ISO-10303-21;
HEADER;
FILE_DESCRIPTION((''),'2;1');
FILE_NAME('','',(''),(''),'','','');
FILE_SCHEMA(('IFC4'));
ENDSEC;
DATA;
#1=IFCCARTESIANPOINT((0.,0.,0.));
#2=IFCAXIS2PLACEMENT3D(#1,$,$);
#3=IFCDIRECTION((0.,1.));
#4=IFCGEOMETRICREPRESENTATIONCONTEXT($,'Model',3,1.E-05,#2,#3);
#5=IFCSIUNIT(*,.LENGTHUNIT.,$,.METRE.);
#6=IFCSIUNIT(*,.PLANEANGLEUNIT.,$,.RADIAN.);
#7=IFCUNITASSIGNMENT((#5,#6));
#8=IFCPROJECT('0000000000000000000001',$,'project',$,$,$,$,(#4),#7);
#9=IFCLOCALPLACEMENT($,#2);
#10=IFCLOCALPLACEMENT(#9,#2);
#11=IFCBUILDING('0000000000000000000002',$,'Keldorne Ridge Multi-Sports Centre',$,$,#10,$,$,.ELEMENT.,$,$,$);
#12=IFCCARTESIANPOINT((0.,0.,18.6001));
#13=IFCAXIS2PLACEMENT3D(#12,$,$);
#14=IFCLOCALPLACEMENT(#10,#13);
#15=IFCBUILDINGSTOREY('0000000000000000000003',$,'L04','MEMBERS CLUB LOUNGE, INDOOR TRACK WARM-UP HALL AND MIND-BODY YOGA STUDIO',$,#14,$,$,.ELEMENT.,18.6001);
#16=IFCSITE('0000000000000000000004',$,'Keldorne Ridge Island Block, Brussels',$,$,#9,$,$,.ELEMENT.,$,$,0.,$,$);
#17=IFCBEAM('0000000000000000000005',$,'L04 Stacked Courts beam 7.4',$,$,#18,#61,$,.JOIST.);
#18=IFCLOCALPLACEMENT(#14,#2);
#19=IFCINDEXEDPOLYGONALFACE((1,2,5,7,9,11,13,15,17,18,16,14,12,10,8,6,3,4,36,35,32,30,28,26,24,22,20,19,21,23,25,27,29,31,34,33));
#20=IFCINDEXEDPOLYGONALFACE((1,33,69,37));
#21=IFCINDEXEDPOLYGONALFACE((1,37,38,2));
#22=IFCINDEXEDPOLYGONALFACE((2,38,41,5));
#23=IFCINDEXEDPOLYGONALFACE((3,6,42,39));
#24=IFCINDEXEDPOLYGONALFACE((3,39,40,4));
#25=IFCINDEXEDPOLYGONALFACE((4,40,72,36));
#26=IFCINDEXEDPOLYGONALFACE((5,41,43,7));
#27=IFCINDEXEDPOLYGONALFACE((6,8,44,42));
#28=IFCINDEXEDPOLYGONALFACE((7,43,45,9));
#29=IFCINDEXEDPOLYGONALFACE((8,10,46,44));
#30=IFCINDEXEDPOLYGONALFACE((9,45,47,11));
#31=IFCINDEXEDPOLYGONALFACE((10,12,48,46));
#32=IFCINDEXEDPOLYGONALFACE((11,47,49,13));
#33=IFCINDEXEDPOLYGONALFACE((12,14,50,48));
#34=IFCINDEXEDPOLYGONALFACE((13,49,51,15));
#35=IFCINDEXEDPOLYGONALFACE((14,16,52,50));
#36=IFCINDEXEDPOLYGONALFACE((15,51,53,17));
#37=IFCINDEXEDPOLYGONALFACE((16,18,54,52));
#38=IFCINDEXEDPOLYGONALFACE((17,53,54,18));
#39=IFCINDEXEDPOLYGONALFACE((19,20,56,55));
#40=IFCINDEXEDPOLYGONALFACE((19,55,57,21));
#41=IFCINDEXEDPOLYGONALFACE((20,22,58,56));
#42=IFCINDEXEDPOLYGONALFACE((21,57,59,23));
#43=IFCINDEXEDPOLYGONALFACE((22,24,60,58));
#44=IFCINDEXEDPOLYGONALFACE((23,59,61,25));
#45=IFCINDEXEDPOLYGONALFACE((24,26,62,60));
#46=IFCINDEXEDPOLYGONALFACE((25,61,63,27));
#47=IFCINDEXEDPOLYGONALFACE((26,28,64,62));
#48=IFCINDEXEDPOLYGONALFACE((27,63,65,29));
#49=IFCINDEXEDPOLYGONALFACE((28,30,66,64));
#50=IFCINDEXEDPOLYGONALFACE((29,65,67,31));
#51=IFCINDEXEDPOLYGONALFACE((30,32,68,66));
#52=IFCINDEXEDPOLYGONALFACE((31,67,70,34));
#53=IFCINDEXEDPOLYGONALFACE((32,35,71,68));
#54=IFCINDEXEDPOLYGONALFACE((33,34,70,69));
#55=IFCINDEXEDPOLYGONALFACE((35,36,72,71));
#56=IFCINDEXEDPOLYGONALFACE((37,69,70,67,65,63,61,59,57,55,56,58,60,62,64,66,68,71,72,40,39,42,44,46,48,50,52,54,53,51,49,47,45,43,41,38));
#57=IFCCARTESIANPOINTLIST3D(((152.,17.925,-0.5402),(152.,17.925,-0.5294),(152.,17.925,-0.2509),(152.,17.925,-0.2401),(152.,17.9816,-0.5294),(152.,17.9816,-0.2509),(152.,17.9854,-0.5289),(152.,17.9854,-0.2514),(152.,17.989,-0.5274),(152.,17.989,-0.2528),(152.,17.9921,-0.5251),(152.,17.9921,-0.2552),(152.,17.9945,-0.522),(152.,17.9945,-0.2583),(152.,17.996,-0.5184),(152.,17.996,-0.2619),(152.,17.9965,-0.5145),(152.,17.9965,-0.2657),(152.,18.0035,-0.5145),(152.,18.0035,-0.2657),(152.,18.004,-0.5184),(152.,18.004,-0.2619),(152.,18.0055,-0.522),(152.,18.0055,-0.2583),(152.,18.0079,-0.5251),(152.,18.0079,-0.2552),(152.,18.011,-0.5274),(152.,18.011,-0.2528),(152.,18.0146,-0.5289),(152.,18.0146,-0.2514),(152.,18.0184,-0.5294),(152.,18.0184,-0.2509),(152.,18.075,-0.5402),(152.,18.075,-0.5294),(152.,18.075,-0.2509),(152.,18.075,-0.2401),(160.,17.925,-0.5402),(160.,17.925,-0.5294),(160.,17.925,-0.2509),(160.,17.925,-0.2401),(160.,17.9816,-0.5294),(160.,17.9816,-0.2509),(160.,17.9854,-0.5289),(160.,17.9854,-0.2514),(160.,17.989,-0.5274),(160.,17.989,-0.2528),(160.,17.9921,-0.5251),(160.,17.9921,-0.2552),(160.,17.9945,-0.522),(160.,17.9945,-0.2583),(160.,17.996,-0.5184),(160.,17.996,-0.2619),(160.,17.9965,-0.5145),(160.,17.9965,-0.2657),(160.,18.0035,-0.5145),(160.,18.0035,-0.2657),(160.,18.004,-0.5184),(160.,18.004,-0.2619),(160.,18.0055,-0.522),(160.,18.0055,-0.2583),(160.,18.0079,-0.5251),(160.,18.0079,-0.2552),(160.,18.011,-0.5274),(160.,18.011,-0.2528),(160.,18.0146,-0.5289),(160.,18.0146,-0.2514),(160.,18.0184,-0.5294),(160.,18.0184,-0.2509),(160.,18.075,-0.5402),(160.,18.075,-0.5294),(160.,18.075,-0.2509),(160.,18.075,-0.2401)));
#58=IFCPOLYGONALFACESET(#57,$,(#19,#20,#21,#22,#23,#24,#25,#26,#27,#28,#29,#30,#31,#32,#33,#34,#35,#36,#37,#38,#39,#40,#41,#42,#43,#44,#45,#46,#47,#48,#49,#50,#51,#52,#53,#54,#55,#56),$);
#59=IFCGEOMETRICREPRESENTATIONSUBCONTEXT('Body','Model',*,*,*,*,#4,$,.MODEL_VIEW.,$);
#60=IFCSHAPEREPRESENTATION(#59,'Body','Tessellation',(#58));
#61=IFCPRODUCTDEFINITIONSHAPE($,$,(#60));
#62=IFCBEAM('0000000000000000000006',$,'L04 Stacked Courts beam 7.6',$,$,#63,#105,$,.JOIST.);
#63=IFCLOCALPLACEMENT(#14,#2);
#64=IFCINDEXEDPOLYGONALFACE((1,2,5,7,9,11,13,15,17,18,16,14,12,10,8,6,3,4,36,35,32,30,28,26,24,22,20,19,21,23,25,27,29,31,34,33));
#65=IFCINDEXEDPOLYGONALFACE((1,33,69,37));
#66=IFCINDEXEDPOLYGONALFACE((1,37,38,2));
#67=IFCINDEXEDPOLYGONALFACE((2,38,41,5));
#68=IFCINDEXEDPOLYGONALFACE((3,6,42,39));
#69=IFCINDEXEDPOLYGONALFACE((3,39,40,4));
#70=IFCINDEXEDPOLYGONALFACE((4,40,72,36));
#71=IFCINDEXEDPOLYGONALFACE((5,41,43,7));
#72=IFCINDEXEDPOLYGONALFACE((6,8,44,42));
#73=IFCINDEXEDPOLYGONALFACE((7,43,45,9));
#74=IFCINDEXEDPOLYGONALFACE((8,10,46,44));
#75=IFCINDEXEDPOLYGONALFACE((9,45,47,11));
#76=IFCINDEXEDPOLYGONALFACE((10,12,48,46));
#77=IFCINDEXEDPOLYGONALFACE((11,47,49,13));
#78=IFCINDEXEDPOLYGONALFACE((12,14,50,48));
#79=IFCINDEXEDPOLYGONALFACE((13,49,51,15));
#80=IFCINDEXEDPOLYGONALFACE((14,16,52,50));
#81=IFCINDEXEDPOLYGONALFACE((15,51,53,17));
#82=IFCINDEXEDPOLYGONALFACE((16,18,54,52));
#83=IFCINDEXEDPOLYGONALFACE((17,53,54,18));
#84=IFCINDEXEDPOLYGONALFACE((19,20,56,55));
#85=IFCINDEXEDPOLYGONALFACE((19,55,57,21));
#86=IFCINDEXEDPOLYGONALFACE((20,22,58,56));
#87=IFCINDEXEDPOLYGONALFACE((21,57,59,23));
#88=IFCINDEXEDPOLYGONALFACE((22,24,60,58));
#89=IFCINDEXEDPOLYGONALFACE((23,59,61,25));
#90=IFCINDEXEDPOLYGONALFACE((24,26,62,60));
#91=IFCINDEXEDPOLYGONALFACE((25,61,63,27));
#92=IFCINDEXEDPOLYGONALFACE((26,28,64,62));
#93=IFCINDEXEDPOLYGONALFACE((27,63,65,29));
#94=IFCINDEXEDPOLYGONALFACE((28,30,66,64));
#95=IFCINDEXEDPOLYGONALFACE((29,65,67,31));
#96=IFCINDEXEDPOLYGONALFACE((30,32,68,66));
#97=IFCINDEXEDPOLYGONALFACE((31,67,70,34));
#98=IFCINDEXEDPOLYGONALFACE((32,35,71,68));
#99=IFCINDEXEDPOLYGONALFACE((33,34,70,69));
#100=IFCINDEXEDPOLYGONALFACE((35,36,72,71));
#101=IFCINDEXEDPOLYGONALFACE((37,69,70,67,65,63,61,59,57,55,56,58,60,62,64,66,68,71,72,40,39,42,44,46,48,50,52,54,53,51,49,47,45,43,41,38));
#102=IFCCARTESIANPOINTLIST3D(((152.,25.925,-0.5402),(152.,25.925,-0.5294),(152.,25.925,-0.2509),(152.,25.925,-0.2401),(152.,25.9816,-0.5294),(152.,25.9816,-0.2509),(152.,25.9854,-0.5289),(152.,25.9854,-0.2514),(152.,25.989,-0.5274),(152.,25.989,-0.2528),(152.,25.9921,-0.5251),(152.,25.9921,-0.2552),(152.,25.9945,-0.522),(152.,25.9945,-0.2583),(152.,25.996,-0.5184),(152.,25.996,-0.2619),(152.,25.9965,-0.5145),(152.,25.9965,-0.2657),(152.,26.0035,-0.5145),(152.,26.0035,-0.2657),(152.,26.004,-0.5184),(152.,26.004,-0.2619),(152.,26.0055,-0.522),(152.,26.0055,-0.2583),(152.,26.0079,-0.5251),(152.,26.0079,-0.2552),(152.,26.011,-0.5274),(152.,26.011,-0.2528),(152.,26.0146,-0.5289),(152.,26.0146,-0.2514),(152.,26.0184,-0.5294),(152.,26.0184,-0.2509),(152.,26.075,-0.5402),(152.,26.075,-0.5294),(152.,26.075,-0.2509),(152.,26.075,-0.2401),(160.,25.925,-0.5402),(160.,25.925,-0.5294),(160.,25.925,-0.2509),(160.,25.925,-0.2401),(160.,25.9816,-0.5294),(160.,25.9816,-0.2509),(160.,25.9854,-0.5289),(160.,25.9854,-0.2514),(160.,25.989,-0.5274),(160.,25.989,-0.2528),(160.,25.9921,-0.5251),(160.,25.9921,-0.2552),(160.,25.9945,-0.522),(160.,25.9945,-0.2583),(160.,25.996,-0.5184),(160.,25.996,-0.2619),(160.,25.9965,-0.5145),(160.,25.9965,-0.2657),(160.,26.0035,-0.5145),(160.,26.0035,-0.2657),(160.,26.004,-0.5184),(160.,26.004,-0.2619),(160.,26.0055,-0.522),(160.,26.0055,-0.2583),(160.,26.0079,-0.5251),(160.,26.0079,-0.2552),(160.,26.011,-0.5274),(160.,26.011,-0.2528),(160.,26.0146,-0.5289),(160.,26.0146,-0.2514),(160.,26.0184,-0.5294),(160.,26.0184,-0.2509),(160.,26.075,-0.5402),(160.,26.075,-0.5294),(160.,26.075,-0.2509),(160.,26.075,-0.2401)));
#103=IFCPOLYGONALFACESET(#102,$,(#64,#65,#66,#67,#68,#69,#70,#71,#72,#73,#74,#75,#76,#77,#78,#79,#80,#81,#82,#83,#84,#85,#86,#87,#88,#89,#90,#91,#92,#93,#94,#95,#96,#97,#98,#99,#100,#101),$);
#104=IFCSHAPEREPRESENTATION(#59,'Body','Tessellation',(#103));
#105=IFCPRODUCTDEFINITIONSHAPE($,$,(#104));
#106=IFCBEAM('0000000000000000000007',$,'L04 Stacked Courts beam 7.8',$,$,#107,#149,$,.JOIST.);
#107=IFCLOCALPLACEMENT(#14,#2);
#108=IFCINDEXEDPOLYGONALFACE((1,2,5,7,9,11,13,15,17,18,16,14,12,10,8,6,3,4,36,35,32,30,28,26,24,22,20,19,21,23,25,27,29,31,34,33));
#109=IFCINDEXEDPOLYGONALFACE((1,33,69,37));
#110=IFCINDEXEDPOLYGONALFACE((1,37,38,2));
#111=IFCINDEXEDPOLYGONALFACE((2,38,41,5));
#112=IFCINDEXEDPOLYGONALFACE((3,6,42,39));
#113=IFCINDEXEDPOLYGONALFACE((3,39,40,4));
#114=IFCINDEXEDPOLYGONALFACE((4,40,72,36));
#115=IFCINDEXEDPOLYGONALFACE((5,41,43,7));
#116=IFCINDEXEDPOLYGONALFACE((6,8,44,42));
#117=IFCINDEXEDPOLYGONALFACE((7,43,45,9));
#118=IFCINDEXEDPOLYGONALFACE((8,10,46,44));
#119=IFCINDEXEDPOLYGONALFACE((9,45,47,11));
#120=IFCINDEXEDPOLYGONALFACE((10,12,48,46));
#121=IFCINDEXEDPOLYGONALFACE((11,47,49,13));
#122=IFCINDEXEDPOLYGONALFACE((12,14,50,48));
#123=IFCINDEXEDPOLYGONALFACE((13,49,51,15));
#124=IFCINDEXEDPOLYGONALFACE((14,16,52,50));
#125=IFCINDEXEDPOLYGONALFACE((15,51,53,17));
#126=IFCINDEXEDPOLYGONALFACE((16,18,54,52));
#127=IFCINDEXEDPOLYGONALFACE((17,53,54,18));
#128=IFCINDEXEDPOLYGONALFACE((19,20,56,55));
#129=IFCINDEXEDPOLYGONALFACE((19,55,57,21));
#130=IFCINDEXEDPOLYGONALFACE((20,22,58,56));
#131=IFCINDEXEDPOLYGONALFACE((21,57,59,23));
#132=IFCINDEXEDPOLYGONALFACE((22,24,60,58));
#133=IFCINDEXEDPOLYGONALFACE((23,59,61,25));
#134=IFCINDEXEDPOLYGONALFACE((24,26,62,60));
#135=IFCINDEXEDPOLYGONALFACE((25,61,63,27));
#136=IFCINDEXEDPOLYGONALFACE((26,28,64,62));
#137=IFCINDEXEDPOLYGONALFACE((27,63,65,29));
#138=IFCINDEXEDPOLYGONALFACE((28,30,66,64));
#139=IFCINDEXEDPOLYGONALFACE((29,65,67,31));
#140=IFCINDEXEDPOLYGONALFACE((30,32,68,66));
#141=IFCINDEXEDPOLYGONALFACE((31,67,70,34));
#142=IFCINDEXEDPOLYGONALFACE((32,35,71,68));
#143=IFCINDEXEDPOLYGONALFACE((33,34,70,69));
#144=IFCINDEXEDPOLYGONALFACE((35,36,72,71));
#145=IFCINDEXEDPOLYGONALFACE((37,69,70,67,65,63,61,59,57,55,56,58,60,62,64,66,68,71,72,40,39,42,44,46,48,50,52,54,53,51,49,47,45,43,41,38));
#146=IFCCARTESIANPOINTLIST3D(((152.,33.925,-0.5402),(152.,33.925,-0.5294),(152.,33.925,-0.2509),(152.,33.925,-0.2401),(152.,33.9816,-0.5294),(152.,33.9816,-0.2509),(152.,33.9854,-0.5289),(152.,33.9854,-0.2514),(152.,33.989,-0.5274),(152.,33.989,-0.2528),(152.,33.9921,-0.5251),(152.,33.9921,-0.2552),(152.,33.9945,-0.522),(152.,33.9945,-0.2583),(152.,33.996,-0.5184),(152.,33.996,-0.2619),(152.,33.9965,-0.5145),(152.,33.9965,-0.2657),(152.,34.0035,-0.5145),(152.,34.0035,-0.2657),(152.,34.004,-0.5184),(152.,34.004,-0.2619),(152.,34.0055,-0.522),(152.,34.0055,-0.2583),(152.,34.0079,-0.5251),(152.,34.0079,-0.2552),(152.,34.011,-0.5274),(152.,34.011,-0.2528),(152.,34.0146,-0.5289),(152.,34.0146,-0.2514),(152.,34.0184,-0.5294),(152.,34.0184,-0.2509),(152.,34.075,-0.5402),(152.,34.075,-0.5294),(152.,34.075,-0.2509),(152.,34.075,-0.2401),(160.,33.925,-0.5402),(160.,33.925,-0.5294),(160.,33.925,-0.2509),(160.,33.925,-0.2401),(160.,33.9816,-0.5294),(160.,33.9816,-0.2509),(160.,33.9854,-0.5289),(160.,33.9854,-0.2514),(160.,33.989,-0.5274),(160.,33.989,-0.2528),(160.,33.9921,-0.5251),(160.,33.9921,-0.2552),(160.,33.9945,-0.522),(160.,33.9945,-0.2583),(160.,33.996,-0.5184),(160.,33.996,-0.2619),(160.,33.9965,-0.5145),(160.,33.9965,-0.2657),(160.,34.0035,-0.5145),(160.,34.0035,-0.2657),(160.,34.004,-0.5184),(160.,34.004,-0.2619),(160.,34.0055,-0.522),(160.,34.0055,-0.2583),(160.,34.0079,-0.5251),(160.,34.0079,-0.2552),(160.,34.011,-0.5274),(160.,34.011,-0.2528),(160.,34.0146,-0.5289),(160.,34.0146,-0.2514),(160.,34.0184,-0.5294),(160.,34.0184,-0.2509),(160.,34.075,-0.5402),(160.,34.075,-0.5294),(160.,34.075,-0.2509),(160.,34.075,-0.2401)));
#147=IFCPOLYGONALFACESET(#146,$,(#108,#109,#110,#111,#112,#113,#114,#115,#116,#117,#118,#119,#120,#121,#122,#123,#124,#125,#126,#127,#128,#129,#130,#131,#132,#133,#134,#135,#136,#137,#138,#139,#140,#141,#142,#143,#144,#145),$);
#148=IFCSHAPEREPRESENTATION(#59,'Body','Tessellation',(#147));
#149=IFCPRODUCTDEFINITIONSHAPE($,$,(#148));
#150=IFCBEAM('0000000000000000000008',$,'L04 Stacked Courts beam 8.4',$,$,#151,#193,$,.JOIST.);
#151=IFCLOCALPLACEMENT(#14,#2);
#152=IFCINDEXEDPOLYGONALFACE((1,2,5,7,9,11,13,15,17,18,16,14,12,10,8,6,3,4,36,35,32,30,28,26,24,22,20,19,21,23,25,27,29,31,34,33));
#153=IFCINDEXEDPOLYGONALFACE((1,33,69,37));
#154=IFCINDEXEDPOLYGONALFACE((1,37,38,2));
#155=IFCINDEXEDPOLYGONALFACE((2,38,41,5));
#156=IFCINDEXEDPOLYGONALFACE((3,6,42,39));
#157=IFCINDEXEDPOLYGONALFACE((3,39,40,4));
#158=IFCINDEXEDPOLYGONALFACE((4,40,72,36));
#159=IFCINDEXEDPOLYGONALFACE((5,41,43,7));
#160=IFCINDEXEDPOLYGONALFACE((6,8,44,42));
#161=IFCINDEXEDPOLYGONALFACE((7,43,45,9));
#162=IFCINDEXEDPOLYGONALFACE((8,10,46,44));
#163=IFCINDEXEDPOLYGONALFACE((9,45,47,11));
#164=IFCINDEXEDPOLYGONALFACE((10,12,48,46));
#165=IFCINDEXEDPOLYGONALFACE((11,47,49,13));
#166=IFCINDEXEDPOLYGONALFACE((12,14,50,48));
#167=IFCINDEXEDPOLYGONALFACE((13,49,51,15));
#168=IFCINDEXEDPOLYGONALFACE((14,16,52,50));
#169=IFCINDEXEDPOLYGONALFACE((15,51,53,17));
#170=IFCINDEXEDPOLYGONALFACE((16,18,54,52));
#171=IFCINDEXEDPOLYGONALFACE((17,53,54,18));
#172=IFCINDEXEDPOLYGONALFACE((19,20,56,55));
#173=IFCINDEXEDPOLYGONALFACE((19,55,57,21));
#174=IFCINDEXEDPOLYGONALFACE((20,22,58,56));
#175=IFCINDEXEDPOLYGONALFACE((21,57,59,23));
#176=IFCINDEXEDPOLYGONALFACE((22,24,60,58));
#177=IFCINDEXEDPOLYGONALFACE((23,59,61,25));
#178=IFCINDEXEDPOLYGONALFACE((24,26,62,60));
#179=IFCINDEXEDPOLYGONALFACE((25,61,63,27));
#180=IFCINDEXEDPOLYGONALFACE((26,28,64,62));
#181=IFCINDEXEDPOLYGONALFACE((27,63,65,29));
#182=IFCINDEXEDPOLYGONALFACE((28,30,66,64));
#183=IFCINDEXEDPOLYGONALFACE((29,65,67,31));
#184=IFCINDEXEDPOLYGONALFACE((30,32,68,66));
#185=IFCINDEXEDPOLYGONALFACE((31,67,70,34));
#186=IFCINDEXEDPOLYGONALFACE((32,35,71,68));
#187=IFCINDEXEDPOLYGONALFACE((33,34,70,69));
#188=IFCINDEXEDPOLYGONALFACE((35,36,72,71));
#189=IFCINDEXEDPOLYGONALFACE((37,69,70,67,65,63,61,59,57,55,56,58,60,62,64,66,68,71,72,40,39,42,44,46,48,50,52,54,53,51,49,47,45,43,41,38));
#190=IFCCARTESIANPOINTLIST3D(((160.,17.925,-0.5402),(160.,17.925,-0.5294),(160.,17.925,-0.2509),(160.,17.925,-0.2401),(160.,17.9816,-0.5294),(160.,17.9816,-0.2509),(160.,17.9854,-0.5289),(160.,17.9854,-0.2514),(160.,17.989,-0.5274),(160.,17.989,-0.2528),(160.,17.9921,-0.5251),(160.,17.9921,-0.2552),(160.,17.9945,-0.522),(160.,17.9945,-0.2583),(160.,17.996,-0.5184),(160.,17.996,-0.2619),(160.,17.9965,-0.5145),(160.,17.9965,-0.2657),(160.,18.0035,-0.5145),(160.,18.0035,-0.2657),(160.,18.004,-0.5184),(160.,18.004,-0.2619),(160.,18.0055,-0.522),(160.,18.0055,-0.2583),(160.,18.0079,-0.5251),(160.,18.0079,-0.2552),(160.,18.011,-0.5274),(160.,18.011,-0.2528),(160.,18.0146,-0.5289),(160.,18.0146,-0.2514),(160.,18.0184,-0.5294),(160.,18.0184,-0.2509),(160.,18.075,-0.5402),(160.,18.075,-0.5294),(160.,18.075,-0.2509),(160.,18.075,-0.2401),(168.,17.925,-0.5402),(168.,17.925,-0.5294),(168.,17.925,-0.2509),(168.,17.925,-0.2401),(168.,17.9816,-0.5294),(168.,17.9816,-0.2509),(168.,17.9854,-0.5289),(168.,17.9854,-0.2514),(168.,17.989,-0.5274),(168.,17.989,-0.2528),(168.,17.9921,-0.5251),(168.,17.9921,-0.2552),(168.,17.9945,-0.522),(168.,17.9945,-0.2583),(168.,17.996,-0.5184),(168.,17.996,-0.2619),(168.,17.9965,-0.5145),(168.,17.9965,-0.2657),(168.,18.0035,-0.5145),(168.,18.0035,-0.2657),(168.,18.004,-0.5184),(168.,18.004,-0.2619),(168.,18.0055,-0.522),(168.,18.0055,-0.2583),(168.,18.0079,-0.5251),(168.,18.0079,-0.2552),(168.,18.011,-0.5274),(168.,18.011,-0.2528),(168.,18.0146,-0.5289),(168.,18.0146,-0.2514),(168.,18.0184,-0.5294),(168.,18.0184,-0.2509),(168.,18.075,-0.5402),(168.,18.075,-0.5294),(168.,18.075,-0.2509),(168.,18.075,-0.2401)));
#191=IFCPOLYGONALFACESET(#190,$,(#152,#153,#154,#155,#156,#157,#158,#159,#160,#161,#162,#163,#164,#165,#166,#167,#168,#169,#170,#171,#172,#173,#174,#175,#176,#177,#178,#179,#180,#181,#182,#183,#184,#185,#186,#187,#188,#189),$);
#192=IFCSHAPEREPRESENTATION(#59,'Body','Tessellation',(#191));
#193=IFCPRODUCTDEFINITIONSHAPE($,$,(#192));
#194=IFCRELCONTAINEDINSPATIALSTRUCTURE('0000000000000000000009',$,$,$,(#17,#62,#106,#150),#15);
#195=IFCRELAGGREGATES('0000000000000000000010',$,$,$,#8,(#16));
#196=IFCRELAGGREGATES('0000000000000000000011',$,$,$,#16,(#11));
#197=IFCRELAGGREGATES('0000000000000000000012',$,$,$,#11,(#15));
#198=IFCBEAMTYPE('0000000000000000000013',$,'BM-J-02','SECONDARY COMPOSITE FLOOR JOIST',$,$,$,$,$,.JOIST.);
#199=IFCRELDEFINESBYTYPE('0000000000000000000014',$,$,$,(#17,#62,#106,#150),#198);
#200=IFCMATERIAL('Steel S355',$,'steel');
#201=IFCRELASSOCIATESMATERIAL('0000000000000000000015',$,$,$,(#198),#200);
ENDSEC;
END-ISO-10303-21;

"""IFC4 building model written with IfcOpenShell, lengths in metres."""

from ifc_helpers import new_model, si_unit, direction, frame, origin, origin_2d, place, context, subcontext, project, spatial, i_section, extrude, material, material_profile, profile_set, type_object, element, save


model = new_model("IFC4")

# Units and contexts
model_context = context("Model", 3, precision=1e-05, world=origin(), true_north=direction((0.0, 1.0)))
body_context = subcontext(model_context, "Body", "Model", "MODEL_VIEW")
ifc_project = project(units=[si_unit("LENGTHUNIT", "METRE"), si_unit("PLANEANGLEUNIT", "RADIAN")], contexts=[model_context])

# Site, building, storey
site_placement = place(None, origin())
site = spatial("IfcSite", under=ifc_project, at=site_placement, Name="Keldorne Ridge Island Block, Brussels", CompositionType="ELEMENT", RefElevation=0.0)
building_placement = place(site_placement, origin())
building = spatial("IfcBuilding", under=site, at=building_placement, Name="Keldorne Ridge Multi-Sports Centre", CompositionType="ELEMENT")
storey_placement = place(building_placement, frame((0.0, 0.0, 18.6001)))
storey = spatial("IfcBuildingStorey", under=building, at=storey_placement, Name="L04", Description="MEMBERS CLUB LOUNGE, INDOOR TRACK WARM-UP HALL AND MIND-BODY YOGA STUDIO", CompositionType="ELEMENT", Elevation=18.6001)

# Beams
ifc_material_1 = material(Name="Steel S355", Category="steel")
ifc_material_profile_1 = material_profile(ifc_material_1, i_section(OverallWidth=0.1499, OverallDepth=0.3, WebThickness=0.0071, FlangeThickness=0.0107, FilletRadius=0.0149, at=origin_2d()), Name="IPE 300")
ifc_profile_set_1 = profile_set([ifc_material_profile_1], Name="Steel S355")
beam_type_1 = type_object("IfcBeamType", Name="BM-J-02", Description="SECONDARY COMPOSITE FLOOR JOIST", PredefinedType="JOIST", material=ifc_profile_set_1)
for number, where, z_axis, x_axis, name in (
    (1, (152.0, 18.0, -0.3901), (1.0, 0.0, 0.0), (0.0, 1.0, 0.0), "L04 Stacked Courts beam 7.4"),
    (2, (152.0, 26.0, -0.3901), (1.0, 0.0, 0.0), (0.0, 1.0, 0.0), "L04 Stacked Courts beam 7.6"),
    (3, (152.0, 34.0, -0.3901), (1.0, 0.0, 0.0), (0.0, 1.0, 0.0), "L04 Stacked Courts beam 7.8"),
    (4, (160.0, 18.0, -0.3901), (1.0, 0.0, 0.0), (0.0, 1.0, 0.0), "L04 Stacked Courts beam 8.4"),
):
    element("IfcBeam", number, at=place(storey_placement, frame(where, z_axis=z_axis, x_axis=x_axis)), inside=storey, type_object=beam_type_1, Name=name, PredefinedType="JOIST", context=body_context, shape_type="SweptSolid", body=[
        extrude(i_section(OverallWidth=0.1499, OverallDepth=0.3, WebThickness=0.0071, FlangeThickness=0.0107, FilletRadius=0.0149, at=origin_2d()), origin(), (0.0, 0.0, 1.0), 8.0),
    ])

save(model, "model.ifc")
